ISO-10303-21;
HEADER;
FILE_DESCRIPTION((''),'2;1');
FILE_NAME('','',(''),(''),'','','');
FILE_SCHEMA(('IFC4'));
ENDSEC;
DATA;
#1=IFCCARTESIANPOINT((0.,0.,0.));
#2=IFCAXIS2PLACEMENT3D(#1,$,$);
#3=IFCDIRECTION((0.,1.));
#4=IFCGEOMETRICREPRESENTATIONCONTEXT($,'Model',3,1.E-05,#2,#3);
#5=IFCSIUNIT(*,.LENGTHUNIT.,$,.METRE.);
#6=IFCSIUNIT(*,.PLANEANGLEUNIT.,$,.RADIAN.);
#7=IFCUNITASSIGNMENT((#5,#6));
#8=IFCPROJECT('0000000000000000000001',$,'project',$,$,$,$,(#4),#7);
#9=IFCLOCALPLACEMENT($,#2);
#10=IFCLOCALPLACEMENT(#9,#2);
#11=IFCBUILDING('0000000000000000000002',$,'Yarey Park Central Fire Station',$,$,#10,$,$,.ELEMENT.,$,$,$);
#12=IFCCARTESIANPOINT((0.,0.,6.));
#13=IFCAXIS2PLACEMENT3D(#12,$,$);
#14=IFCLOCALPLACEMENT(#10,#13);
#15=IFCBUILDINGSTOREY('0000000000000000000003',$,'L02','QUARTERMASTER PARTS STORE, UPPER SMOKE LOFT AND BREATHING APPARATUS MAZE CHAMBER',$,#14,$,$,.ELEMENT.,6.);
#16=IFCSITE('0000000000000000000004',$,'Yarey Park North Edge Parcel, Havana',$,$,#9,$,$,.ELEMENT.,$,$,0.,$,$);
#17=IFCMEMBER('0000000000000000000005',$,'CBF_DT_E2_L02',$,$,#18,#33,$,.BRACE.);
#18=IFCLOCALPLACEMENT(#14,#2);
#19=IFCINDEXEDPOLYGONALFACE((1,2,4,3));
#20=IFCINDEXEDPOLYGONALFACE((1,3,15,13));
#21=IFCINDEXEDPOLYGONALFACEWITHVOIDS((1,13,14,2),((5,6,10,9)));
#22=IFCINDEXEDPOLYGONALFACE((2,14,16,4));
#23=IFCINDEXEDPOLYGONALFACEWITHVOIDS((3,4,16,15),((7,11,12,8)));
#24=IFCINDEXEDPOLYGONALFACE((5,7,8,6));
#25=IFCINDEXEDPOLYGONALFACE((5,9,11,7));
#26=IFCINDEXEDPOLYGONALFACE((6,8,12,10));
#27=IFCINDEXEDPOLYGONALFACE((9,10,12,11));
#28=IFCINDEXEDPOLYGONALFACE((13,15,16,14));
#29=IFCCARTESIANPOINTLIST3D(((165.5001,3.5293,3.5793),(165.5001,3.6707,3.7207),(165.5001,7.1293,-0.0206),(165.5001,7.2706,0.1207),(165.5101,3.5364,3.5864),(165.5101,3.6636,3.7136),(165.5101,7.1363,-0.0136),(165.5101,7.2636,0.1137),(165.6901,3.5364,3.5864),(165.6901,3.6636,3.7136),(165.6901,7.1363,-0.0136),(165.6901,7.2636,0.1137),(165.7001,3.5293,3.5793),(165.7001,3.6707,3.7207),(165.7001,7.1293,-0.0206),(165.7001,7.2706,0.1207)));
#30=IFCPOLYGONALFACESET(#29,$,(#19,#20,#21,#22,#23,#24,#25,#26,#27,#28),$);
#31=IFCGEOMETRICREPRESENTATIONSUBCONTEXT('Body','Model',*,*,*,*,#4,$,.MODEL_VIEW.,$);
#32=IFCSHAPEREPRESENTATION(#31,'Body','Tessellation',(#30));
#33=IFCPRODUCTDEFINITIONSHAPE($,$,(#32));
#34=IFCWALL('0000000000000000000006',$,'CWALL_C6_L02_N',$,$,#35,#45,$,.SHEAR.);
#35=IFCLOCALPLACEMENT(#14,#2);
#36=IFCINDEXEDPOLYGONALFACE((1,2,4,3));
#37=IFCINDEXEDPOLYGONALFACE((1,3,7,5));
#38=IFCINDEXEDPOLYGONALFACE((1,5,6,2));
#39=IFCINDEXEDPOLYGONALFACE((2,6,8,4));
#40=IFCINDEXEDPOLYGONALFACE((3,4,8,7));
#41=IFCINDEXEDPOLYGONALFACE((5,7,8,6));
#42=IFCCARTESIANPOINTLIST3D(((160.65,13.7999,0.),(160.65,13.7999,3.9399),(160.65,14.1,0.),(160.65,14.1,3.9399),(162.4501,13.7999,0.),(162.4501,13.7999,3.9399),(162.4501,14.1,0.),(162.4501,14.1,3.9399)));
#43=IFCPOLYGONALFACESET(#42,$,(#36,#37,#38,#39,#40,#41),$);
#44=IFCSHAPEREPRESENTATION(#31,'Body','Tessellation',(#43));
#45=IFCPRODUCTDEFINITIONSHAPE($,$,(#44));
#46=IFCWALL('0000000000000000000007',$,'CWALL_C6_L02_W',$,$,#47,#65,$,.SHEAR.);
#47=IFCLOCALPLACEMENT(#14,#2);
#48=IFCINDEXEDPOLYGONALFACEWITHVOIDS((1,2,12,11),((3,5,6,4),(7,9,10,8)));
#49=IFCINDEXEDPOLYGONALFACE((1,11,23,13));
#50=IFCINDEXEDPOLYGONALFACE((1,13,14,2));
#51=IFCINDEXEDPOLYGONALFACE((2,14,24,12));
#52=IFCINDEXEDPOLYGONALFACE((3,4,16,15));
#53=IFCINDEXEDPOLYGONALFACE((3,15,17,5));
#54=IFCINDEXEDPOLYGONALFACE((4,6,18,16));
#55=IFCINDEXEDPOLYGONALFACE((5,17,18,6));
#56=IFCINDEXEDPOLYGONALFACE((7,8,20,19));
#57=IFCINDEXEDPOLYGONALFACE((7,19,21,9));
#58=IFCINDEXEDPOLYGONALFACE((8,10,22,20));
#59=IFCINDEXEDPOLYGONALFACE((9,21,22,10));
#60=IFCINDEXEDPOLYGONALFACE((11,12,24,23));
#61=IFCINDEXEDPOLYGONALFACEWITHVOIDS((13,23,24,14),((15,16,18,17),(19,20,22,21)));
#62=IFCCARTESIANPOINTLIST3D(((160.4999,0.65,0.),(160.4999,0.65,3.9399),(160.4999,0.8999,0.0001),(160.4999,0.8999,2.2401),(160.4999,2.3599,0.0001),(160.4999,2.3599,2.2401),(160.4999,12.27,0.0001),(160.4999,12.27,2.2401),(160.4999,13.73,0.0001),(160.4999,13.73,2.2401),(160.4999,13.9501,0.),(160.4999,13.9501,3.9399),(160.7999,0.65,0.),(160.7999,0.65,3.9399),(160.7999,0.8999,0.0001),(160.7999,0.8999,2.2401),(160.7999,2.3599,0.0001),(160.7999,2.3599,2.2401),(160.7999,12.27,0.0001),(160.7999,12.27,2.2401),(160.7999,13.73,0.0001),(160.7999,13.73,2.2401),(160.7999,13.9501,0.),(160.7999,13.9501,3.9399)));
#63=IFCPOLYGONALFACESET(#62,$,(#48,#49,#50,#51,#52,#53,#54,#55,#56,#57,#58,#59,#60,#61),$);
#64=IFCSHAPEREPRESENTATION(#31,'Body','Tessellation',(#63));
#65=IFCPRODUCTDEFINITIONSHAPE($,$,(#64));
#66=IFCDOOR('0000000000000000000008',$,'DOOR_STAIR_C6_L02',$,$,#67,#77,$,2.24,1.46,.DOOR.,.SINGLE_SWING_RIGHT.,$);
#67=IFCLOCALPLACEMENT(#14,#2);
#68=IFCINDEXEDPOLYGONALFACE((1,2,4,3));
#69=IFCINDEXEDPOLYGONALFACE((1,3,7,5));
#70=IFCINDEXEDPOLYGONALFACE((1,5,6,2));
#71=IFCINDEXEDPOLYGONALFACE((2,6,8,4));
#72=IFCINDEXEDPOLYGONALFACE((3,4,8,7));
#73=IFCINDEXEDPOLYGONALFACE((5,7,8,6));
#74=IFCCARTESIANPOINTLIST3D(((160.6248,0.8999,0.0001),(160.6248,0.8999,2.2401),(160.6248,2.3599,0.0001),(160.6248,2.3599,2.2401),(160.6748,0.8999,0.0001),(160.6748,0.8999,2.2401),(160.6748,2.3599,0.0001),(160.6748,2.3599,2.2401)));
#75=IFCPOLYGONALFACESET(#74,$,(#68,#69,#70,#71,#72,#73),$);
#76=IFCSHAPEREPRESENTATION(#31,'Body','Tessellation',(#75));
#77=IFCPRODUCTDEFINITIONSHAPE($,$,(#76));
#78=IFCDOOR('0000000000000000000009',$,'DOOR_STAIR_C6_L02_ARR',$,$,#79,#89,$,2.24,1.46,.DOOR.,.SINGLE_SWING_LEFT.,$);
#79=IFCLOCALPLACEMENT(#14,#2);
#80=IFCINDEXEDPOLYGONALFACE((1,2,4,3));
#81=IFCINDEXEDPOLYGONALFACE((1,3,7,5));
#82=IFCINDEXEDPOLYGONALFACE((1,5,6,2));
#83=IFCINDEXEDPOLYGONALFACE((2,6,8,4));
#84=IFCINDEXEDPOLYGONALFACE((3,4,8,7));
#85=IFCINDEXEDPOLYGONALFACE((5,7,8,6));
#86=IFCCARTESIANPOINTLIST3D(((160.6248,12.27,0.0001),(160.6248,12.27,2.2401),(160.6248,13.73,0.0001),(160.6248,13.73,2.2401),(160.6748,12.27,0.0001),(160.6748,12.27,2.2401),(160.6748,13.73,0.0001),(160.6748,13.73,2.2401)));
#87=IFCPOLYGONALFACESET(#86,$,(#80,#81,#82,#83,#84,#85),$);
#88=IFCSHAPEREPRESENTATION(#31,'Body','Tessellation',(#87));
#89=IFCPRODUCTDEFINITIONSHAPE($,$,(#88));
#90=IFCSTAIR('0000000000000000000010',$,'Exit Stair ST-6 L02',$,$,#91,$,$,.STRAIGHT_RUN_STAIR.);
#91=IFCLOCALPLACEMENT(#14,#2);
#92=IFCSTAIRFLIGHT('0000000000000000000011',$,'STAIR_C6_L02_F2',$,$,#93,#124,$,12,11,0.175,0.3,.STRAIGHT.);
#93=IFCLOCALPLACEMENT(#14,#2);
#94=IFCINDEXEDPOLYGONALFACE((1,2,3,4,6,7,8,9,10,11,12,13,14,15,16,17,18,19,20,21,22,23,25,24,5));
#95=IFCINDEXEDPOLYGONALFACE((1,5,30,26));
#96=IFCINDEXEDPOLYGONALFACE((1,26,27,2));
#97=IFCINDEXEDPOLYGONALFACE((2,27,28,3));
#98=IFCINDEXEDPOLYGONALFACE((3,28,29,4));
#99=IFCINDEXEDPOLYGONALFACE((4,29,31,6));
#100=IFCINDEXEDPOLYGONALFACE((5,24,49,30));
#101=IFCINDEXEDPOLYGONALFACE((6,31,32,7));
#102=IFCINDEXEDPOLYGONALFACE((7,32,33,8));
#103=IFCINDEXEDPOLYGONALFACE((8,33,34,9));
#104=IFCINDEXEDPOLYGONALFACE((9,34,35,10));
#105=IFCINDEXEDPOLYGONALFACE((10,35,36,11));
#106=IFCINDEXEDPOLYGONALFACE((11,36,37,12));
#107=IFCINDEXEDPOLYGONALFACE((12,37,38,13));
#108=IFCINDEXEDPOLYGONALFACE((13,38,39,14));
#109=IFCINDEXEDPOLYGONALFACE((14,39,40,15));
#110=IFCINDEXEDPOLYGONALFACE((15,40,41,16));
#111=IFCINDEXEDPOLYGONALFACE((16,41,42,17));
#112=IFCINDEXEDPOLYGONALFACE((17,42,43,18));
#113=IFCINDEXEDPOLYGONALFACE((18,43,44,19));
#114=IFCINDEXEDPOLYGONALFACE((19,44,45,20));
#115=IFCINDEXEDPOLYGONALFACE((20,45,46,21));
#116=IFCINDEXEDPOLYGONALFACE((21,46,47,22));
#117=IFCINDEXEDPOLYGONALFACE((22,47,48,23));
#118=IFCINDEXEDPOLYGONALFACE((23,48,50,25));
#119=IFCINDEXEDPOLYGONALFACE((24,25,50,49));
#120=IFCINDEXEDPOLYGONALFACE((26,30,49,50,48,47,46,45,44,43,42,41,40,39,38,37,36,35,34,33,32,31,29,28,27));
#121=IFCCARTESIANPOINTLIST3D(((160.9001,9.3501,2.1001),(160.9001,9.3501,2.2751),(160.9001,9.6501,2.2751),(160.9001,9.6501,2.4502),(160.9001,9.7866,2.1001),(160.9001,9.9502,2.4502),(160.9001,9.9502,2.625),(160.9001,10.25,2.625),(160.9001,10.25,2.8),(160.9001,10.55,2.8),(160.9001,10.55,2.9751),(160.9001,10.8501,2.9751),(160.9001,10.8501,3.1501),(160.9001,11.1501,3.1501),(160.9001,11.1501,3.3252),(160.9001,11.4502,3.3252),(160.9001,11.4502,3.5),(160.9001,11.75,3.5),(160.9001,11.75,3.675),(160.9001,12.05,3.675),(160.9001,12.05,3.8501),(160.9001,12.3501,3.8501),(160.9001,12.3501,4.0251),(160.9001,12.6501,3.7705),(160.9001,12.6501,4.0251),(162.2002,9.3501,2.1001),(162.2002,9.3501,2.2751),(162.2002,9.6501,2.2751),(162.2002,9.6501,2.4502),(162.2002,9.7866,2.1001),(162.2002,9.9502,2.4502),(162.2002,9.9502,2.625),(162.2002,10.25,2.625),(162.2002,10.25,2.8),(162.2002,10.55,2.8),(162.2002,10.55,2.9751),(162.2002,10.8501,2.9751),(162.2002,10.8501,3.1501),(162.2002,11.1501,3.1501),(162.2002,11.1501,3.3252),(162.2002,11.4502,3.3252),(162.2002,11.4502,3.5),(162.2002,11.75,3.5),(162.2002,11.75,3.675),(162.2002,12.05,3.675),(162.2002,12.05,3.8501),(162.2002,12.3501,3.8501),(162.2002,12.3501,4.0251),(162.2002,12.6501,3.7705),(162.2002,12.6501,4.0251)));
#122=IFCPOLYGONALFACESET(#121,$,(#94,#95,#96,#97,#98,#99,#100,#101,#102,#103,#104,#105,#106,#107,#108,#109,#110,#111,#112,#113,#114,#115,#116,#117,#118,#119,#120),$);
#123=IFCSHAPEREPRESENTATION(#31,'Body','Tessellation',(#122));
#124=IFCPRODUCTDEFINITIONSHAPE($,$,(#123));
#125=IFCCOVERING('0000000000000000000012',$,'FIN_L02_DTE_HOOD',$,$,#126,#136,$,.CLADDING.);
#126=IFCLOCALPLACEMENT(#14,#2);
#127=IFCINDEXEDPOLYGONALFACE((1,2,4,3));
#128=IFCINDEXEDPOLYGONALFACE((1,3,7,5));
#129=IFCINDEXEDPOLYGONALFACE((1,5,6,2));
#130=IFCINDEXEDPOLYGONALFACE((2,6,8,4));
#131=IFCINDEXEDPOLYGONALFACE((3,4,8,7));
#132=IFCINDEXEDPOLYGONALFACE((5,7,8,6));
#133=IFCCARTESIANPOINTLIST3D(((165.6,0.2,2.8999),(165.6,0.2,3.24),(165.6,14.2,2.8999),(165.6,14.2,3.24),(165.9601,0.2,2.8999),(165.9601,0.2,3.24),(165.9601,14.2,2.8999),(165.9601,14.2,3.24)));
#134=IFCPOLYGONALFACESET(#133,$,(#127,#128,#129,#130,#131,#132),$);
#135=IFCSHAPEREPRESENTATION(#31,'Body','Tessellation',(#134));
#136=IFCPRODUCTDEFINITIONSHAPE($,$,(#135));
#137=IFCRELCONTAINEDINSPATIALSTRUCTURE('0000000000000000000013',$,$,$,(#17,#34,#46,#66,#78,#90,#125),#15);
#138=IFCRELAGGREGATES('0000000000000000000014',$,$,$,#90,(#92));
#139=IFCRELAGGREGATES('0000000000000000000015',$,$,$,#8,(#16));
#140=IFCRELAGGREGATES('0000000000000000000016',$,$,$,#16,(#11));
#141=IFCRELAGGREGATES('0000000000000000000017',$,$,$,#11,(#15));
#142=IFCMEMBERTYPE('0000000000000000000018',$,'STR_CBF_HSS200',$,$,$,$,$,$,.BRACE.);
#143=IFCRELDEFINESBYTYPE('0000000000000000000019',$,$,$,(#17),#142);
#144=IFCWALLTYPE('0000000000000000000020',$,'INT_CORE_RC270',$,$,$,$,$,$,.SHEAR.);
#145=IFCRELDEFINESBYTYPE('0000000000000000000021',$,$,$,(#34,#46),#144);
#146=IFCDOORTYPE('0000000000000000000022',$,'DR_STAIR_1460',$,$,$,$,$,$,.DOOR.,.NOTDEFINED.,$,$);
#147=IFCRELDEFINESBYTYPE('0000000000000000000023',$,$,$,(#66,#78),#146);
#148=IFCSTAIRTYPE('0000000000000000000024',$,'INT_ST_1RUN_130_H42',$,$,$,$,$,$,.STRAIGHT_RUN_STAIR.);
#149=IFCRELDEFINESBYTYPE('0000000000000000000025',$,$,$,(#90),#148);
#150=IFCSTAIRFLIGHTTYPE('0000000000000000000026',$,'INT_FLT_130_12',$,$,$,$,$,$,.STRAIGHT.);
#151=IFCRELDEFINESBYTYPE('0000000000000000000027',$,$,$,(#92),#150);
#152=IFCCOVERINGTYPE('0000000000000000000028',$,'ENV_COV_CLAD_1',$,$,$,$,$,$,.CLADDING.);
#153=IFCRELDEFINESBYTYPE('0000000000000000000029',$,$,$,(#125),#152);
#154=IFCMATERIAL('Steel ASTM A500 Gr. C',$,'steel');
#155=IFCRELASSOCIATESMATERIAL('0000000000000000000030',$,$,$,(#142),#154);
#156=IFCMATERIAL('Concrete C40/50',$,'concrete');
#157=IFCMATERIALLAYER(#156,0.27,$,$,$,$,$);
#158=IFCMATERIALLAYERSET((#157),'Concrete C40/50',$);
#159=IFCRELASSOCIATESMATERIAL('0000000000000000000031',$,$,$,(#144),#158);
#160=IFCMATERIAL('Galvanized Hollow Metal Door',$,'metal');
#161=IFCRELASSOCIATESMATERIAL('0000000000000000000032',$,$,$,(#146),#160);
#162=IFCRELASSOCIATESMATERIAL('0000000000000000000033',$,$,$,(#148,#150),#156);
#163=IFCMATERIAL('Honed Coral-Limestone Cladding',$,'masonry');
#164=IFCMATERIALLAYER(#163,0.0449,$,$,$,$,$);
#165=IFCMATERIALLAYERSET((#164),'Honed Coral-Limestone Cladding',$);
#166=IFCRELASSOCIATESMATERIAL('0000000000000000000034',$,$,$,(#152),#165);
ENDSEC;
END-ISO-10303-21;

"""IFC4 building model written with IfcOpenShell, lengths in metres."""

from ifc_helpers import new_model, si_unit, direction, frame, frame_2d, origin, origin_2d, place, context, subcontext, project, spatial, polyline, rectangle, hollow_rectangle, outline, extrude, material, layer, layer_set, material_profile, profile_set, type_object, element, fill, aggregate, save


model = new_model("IFC4")

# Units and contexts
model_context = context("Model", 3, precision=1e-05, world=origin(), true_north=direction((0.0, 1.0)))
body_context = subcontext(model_context, "Body", "Model", "MODEL_VIEW")
ifc_project = project(units=[si_unit("LENGTHUNIT", "METRE"), si_unit("PLANEANGLEUNIT", "RADIAN")], contexts=[model_context])

# Site, building, storey
site_placement = place(None, origin())
site = spatial("IfcSite", under=ifc_project, at=site_placement, Name="Yarey Park North Edge Parcel, Havana", CompositionType="ELEMENT", RefElevation=0.0)
building_placement = place(site_placement, origin())
building = spatial("IfcBuilding", under=site, at=building_placement, Name="Yarey Park Central Fire Station", CompositionType="ELEMENT")
storey_placement = place(building_placement, frame((0.0, 0.0, 6.0)))
storey = spatial("IfcBuildingStorey", under=building, at=storey_placement, Name="L02", Description="QUARTERMASTER PARTS STORE, UPPER SMOKE LOFT AND BREATHING APPARATUS MAZE CHAMBER", CompositionType="ELEMENT", Elevation=6.0)

# Shared definitions
ifc_material_1 = material(Name="Concrete C40/50", Category="concrete")

# Member
ifc_material_2 = material(Name="Steel ASTM A500 Gr. C", Category="steel")
ifc_material_profile_1 = material_profile(ifc_material_2, hollow_rectangle(XDim=0.2, YDim=0.2, WallThickness=0.01, at=origin_2d()), Name="HSS 200x200x10")
ifc_profile_set_1 = profile_set([ifc_material_profile_1], Name="Steel ASTM A500 Gr. C")
member_type = type_object("IfcMemberType", Name="STR_CBF_HSS200", PredefinedType="BRACE", material=ifc_profile_set_1)
member_placement = place(storey_placement, frame((165.6001, 7.2, 0.05), z_axis=(0.0, -0.707107, 0.707107), x_axis=(1.0, 0.0, 0.0)))
element("IfcMember", 1, at=member_placement, inside=storey, type_object=member_type, Name="CBF_DT_E2_L02", PredefinedType="BRACE", context=body_context, shape_type="SweptSolid", body=[
    extrude(hollow_rectangle(XDim=0.2, YDim=0.2, WallThickness=0.01, at=origin_2d()), origin(), (0.0, 0.0, 1.0), 5.0911),
])

# Wall
ifc_layer_1 = layer(ifc_material_1, 0.27)
ifc_layer_set_1 = layer_set([ifc_layer_1], Name="Concrete C40/50")
wall_type = type_object("IfcWallType", Name="INT_CORE_RC270", PredefinedType="SHEAR", material=ifc_layer_set_1)
wall_1_placement = place(storey_placement, frame((162.45, 13.95, 0.0), z_axis=(0.0, 0.0, 1.0), x_axis=(-1.0, 0.0, 0.0)))
element("IfcWall", 2, at=wall_1_placement, inside=storey, type_object=wall_type, Name="CWALL_C6_L02_N", PredefinedType="SHEAR", context=body_context, shape_type="SweptSolid", body=[
    extrude(rectangle(XDim=1.8, YDim=0.3, at=frame_2d((0.8999, 0.0))), origin(), (0.0, 0.0, 1.0), 3.9399),
])

# Wall, openings, doors
wall_2_placement = place(storey_placement, frame((160.6499, 13.95, 0.0), z_axis=(0.0, 0.0, 1.0), x_axis=(0.0, -1.0, 0.0)))
wall_2 = element("IfcWall", 3, at=wall_2_placement, inside=storey, type_object=wall_type, Name="CWALL_C6_L02_W", PredefinedType="SHEAR", context=body_context, shape_type="SweptSolid", body=[
    extrude(rectangle(XDim=13.3, YDim=0.3, at=frame_2d((6.6499, 0.0))), origin(), (0.0, 0.0, 1.0), 3.9399),
])
opening_1_placement = place(wall_2_placement, frame((11.5901, 0.0, 0.0)))
opening_1 = element("IfcOpeningElement", 4, at=opening_1_placement, cuts=wall_2, PredefinedType="OPENING", context=body_context, shape_type="SweptSolid", body=[
    extrude(rectangle(XDim=1.46, YDim=2.24, at=frame_2d((0.73, 1.1201))), frame((0.0, 0.1599, 0.0), z_axis=(0.0, -1.0, 0.0), x_axis=(1.0, 0.0, 0.0)), (0.0, 0.0, 1.0), 0.3201),
])
opening_2_placement = place(wall_2_placement, frame((0.22, 0.0, 0.0)))
opening_2 = element("IfcOpeningElement", 5, at=opening_2_placement, cuts=wall_2, PredefinedType="OPENING", context=body_context, shape_type="SweptSolid", body=[
    extrude(rectangle(XDim=1.46, YDim=2.24, at=frame_2d((0.73, 1.1201))), frame((0.0, 0.1599, 0.0), z_axis=(0.0, -1.0, 0.0), x_axis=(1.0, 0.0, 0.0)), (0.0, 0.0, 1.0), 0.3201),
])
ifc_material_3 = material(Name="Galvanized Hollow Metal Door", Category="metal")
door_type = type_object("IfcDoorType", Name="DR_STAIR_1460", OperationType="NOTDEFINED", PredefinedType="DOOR", material=ifc_material_3)
door_1_placement = place(opening_1_placement, origin())
door_1 = element("IfcDoor", 6, at=door_1_placement, inside=storey, type_object=door_type, Name="DOOR_STAIR_C6_L02", OperationType="SINGLE_SWING_RIGHT", OverallHeight=2.24, OverallWidth=1.46, PredefinedType="DOOR", context=body_context, shape_type="SweptSolid", body=[
    extrude(rectangle(XDim=1.46, YDim=2.24, at=frame_2d((0.73, 1.1201))), frame((0.0, 0.0249, 0.0), z_axis=(0.0, -1.0, 0.0), x_axis=(1.0, 0.0, 0.0)), (0.0, 0.0, 1.0), 0.05),
])
fill(opening_1, door_1)
door_2_placement = place(opening_2_placement, origin())
door_2 = element("IfcDoor", 7, at=door_2_placement, inside=storey, type_object=door_type, Name="DOOR_STAIR_C6_L02_ARR", OperationType="SINGLE_SWING_LEFT", OverallHeight=2.24, OverallWidth=1.46, PredefinedType="DOOR", context=body_context, shape_type="SweptSolid", body=[
    extrude(rectangle(XDim=1.46, YDim=2.24, at=frame_2d((0.73, 1.1201))), frame((0.0, 0.0249, 0.0), z_axis=(0.0, -1.0, 0.0), x_axis=(1.0, 0.0, 0.0)), (0.0, 0.0, 1.0), 0.05),
])
fill(opening_2, door_2)

# Stair, stair flight
stair_type = type_object("IfcStairType", Name="INT_ST_1RUN_130_H42", PredefinedType="STRAIGHT_RUN_STAIR", material=ifc_material_1)
stair_placement = place(storey_placement, origin())
stair = element("IfcStair", 8, at=stair_placement, inside=storey, type_object=stair_type, Name="Exit Stair ST-6 L02", PredefinedType="STRAIGHT_RUN_STAIR")
stair_flight_type = type_object("IfcStairFlightType", Name="INT_FLT_130_12", PredefinedType="STRAIGHT", material=ifc_material_1)
stair_flight_placement = place(storey_placement, frame((161.55, 9.3501, 2.1001), z_axis=(0.0, 0.0, 1.0), x_axis=(0.0, 1.0, 0.0)))
stair_flight = element("IfcStairFlight", 9, at=stair_flight_placement, type_object=stair_flight_type, Name="STAIR_C6_L02_F2", NumberOfRisers=12, NumberOfTreads=11, PredefinedType="STRAIGHT", RiserHeight=0.175, TreadLength=0.3, context=body_context, shape_type="SweptSolid", body=[
    extrude(outline(polyline([(0.0, 0.0), (0.0, 0.175), (0.3, 0.175), (0.3, 0.3501), (0.6001, 0.3501), (0.6001, 0.5249), (0.8999, 0.5249), (0.8999, 0.7), (1.2, 0.7), (1.2, 0.875), (1.5, 0.875), (1.5, 1.05), (1.8, 1.05), (1.8, 1.2251), (2.1001, 1.2251), (2.1001, 1.3999), (2.3999, 1.3999), (2.3999, 1.575), (2.7, 1.575), (2.7, 1.75), (3.0, 1.75), (3.0, 1.925), (3.3, 1.925), (3.3, 2.1001), (3.3, 1.6704), (0.4365, 0.0), (0.0, 0.0)])), frame((0.0, 0.6499, 0.0), z_axis=(0.0, -1.0, 0.0), x_axis=(1.0, 0.0, 0.0)), (0.0, 0.0, 1.0), 1.3),
])
aggregate(stair, [stair_flight])

# Covering
ifc_material_4 = material(Name="Honed Coral-Limestone Cladding", Category="masonry")
ifc_layer_2 = layer(ifc_material_4, 0.0449)
ifc_layer_set_2 = layer_set([ifc_layer_2], Name="Honed Coral-Limestone Cladding")
covering_type = type_object("IfcCoveringType", Name="ENV_COV_CLAD_1", PredefinedType="CLADDING", material=ifc_layer_set_2)
covering_placement = place(storey_placement, frame((165.78, 7.2, 2.8999), z_axis=(0.0, 0.0, 1.0), x_axis=(0.0, 1.0, 0.0)))
element("IfcCovering", 10, at=covering_placement, inside=storey, type_object=covering_type, Name="FIN_L02_DTE_HOOD", PredefinedType="CLADDING", context=body_context, shape_type="SweptSolid", body=[
    extrude(rectangle(XDim=14.0, YDim=0.3601, at=origin_2d()), origin(), (0.0, 0.0, 1.0), 0.3401),
])

save(model, "model.ifc")
